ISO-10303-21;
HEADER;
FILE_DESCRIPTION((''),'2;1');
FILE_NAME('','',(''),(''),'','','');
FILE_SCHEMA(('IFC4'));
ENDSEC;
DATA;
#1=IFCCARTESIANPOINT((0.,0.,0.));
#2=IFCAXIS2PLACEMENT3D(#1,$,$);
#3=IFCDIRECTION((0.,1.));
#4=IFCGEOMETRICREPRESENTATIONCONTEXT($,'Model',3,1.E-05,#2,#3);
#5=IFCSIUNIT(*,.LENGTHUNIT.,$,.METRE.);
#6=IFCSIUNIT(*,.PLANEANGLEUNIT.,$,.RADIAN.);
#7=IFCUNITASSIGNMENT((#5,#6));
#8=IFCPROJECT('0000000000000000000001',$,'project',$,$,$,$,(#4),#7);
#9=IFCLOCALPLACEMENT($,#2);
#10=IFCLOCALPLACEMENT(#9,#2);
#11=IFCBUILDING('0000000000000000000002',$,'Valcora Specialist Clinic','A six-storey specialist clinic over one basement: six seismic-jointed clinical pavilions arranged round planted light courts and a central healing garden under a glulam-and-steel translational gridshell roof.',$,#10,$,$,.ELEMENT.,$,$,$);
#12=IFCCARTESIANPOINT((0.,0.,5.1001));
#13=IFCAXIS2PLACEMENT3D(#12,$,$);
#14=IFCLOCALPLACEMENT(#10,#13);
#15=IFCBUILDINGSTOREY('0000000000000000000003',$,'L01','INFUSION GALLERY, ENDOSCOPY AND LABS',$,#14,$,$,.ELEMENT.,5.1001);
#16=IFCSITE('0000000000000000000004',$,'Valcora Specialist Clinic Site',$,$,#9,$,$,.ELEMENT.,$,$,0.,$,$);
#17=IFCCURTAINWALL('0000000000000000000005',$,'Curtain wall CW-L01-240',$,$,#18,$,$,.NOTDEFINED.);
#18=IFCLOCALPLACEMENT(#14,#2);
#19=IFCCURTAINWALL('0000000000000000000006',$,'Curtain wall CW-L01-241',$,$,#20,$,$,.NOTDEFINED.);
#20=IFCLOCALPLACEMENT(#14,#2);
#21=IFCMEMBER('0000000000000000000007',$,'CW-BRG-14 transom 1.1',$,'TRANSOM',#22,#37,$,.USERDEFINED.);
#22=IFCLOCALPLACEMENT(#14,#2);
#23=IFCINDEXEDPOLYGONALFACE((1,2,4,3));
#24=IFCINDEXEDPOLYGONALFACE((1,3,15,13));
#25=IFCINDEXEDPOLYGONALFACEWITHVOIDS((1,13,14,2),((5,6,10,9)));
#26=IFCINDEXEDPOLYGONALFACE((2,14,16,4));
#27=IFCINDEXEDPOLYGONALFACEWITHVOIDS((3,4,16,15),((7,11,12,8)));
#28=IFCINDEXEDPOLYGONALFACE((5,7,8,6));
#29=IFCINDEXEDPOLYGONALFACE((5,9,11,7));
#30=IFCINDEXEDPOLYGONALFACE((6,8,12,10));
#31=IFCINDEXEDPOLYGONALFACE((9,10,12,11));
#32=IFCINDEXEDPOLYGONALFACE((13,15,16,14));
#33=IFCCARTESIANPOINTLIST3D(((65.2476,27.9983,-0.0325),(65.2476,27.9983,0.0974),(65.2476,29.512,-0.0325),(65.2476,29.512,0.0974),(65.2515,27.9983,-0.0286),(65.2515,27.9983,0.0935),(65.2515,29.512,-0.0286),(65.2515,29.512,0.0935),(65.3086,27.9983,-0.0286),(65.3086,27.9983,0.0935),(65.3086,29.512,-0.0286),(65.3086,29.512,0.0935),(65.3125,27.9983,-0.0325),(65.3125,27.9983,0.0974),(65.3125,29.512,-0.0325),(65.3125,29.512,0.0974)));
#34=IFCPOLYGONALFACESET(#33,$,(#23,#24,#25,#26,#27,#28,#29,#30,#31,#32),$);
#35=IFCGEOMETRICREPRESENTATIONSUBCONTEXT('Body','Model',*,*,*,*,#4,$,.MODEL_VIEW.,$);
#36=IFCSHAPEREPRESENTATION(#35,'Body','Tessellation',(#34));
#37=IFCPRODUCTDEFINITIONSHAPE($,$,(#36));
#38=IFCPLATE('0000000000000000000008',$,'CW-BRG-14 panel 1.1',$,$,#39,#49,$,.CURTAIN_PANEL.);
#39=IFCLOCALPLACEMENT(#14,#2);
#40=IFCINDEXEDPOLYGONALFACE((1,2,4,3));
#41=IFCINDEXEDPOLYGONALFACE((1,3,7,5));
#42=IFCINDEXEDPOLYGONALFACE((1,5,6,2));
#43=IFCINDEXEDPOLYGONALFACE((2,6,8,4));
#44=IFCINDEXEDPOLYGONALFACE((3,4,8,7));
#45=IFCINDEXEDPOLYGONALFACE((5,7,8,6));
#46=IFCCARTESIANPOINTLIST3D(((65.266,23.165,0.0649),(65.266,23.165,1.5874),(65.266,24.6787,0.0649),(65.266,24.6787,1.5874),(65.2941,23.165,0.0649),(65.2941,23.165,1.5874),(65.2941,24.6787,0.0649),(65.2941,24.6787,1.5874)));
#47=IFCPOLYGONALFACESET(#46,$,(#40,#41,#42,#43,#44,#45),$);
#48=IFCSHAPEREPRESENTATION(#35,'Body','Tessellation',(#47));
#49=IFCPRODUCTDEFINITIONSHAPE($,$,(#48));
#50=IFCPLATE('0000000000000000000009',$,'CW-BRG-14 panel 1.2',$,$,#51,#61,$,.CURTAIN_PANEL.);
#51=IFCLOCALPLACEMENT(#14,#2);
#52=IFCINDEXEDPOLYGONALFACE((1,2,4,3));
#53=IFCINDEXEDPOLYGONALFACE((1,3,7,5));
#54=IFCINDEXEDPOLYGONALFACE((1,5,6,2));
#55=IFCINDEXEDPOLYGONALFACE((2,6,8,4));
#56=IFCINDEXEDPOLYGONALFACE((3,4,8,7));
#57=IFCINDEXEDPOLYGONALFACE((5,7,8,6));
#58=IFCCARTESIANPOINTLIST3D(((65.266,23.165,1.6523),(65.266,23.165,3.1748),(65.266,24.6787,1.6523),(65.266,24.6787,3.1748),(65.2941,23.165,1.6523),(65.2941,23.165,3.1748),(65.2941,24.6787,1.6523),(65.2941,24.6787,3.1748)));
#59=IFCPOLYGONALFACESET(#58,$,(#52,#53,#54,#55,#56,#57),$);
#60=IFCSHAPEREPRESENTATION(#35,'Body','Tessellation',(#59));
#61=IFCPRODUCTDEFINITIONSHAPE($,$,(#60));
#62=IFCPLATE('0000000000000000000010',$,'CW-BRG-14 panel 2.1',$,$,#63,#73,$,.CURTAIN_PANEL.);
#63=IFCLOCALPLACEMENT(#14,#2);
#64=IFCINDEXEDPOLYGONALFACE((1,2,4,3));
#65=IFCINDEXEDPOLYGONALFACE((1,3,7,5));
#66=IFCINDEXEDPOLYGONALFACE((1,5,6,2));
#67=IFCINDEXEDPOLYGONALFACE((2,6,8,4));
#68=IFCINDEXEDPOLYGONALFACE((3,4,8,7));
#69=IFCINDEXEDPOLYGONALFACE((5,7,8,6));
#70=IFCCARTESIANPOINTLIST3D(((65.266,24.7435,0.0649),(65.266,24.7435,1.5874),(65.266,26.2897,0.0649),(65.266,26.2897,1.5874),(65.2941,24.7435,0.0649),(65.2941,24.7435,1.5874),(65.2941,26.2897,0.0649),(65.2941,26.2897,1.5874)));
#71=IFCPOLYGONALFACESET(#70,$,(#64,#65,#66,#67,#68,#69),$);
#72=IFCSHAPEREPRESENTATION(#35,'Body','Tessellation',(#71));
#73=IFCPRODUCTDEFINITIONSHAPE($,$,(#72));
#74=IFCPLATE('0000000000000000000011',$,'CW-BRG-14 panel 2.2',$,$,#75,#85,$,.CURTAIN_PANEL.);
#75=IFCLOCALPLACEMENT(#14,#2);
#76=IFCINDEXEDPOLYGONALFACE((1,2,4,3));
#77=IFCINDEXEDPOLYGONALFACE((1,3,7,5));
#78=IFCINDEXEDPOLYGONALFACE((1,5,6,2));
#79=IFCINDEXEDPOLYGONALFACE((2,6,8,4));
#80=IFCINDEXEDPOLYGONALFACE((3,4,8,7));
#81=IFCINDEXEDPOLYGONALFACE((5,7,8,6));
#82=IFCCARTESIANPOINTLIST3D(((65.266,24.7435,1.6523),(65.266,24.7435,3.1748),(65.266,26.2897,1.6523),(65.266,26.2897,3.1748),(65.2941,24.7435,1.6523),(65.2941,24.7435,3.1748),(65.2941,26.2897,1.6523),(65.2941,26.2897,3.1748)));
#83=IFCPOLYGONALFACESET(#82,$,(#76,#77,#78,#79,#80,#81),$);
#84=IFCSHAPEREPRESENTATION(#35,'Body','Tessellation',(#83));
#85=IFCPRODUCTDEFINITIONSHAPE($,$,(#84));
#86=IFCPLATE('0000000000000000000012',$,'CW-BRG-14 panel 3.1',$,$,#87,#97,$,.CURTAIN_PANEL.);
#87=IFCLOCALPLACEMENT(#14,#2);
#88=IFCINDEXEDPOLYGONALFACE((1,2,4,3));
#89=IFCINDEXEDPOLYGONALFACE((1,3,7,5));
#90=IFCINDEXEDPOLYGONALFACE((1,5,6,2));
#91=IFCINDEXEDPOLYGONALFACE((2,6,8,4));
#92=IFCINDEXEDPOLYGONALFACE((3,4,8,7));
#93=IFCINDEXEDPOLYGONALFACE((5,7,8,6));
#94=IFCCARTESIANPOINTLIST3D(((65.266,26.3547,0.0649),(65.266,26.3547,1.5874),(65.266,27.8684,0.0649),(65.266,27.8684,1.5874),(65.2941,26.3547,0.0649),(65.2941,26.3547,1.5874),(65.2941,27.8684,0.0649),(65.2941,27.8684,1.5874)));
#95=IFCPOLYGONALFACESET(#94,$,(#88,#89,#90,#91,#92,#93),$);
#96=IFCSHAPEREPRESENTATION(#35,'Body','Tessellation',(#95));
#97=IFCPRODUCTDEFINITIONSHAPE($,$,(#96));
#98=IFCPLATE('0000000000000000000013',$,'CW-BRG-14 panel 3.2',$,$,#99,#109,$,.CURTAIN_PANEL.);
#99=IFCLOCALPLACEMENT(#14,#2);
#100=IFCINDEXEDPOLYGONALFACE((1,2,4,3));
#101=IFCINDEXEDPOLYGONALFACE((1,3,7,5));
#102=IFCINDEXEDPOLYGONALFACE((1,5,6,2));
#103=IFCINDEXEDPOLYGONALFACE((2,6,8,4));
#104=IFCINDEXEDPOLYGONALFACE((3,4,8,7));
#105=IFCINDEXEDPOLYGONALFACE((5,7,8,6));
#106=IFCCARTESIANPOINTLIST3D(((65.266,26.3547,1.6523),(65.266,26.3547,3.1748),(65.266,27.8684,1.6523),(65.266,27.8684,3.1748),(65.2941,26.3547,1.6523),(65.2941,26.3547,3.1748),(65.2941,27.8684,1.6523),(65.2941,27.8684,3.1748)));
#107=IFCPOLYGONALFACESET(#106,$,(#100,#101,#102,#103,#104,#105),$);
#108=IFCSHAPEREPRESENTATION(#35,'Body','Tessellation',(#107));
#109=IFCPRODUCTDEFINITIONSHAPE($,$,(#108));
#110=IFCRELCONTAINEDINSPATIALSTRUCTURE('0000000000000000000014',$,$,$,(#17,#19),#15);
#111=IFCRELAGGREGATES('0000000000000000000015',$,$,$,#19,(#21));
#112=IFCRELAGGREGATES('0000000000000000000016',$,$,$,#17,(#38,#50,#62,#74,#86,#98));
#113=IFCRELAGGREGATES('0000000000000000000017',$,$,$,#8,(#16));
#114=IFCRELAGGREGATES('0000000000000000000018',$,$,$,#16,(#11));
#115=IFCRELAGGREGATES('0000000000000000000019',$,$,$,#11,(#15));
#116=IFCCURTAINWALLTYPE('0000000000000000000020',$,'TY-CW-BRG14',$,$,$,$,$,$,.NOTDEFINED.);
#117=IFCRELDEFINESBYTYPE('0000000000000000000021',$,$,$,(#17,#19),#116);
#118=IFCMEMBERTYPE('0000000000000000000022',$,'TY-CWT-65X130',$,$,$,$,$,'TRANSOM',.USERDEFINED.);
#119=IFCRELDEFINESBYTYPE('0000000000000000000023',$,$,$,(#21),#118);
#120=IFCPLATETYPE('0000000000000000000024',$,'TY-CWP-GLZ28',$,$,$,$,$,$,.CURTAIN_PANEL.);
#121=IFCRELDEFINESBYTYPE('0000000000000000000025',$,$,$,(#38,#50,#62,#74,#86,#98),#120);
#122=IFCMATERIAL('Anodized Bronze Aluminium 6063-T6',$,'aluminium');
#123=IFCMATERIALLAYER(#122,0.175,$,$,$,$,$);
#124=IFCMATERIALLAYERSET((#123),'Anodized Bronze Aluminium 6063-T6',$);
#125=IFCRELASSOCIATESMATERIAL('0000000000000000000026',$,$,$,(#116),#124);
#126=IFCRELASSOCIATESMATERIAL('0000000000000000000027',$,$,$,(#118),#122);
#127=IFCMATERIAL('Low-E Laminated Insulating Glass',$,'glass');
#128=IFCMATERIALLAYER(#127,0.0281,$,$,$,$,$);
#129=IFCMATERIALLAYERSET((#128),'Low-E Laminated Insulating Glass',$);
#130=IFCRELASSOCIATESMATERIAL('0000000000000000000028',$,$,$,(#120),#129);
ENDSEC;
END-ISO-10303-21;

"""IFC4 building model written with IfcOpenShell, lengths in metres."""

from ifc_helpers import new_model, si_unit, direction, frame, origin, origin_2d, place, context, subcontext, project, spatial, rectangle, hollow_rectangle, extrude, material, layer, layer_set, material_profile, profile_set, type_object, element, aggregate, save


model = new_model("IFC4")

# Units and contexts
model_context = context("Model", 3, precision=1e-05, world=origin(), true_north=direction((0.0, 1.0)))
body_context = subcontext(model_context, "Body", "Model", "MODEL_VIEW")
ifc_project = project(units=[si_unit("LENGTHUNIT", "METRE"), si_unit("PLANEANGLEUNIT", "RADIAN")], contexts=[model_context])

# Site, building, storey
site_placement = place(None, origin())
site = spatial("IfcSite", under=ifc_project, at=site_placement, Name="Valcora Specialist Clinic Site", CompositionType="ELEMENT", RefElevation=0.0)
building_placement = place(site_placement, origin())
building = spatial("IfcBuilding", under=site, at=building_placement, Name="Valcora Specialist Clinic", Description="A six-storey specialist clinic over one basement: six seismic-jointed clinical pavilions arranged round planted light courts and a central healing garden under a glulam-and-steel translational gridshell roof.", CompositionType="ELEMENT")
storey_placement = place(building_placement, frame((0.0, 0.0, 5.1001)))
storey = spatial("IfcBuildingStorey", under=building, at=storey_placement, Name="L01", Description="INFUSION GALLERY, ENDOSCOPY AND LABS", CompositionType="ELEMENT", Elevation=5.1001)

# Curtain wall
ifc_material_1 = material(Name="Anodized Bronze Aluminium 6063-T6", Category="aluminium")
ifc_layer_1 = layer(ifc_material_1, 0.175)
ifc_layer_set_1 = layer_set([ifc_layer_1], Name="Anodized Bronze Aluminium 6063-T6")
curtain_wall_type = type_object("IfcCurtainWallType", Name="TY-CW-BRG14", PredefinedType="NOTDEFINED", material=ifc_layer_set_1)
curtain_wall_1_placement = place(storey_placement, origin())
curtain_wall_1 = element("IfcCurtainWall", 1, at=curtain_wall_1_placement, inside=storey, type_object=curtain_wall_type, Name="Curtain wall CW-L01-240", PredefinedType="NOTDEFINED")

# Curtain wall
curtain_wall_2_placement = place(storey_placement, origin())
curtain_wall_2 = element("IfcCurtainWall", 2, at=curtain_wall_2_placement, inside=storey, type_object=curtain_wall_type, Name="Curtain wall CW-L01-241", PredefinedType="NOTDEFINED")

# Member
ifc_material_profile_1 = material_profile(ifc_material_1, hollow_rectangle(XDim=0.0649, YDim=0.1299, WallThickness=0.0039, at=origin_2d()), Name="AL-TRN-65X130")
ifc_profile_set_1 = profile_set([ifc_material_profile_1], Name="Anodized Bronze Aluminium 6063-T6")
member_type_1 = type_object("IfcMemberType", Name="TY-CWT-65X130", ElementType="TRANSOM", PredefinedType="USERDEFINED", material=ifc_profile_set_1)
member_1_placement = place(storey_placement, frame((65.28, 27.9983, 0.0325), z_axis=(0.0, 1.0, 0.0), x_axis=(-1.0, 0.0, 0.0)))
member_1 = element("IfcMember", 3, at=member_1_placement, type_object=member_type_1, Name="CW-BRG-14 transom 1.1", ObjectType="TRANSOM", PredefinedType="USERDEFINED", context=body_context, shape_type="SweptSolid", body=[
    extrude(hollow_rectangle(XDim=0.0649, YDim=0.1299, WallThickness=0.0039, at=origin_2d()), origin(), (0.0, 0.0, 1.0), 1.5137),
])
aggregate(curtain_wall_2, [member_1])

# Plates
ifc_material_2 = material(Name="Low-E Laminated Insulating Glass", Category="glass")
ifc_layer_2 = layer(ifc_material_2, 0.0281)
ifc_layer_set_2 = layer_set([ifc_layer_2], Name="Low-E Laminated Insulating Glass")
plate_type = type_object("IfcPlateType", Name="TY-CWP-GLZ28", PredefinedType="CURTAIN_PANEL", material=ifc_layer_set_2)
plate_1_placement = place(storey_placement, frame((65.28, 23.9219, 0.0649), z_axis=(0.0, 0.0, 1.0), x_axis=(0.0, 1.0, 0.0)))
plate_1 = element("IfcPlate", 4, at=plate_1_placement, type_object=plate_type, Name="CW-BRG-14 panel 1.1", PredefinedType="CURTAIN_PANEL", context=body_context, shape_type="SweptSolid", body=[
    extrude(rectangle(XDim=1.5137, YDim=0.0281, at=origin_2d()), origin(), (0.0, 0.0, 1.0), 1.5225),
])
plate_2_placement = place(storey_placement, frame((65.28, 23.9219, 1.6523), z_axis=(0.0, 0.0, 1.0), x_axis=(0.0, 1.0, 0.0)))
plate_2 = element("IfcPlate", 5, at=plate_2_placement, type_object=plate_type, Name="CW-BRG-14 panel 1.2", PredefinedType="CURTAIN_PANEL", context=body_context, shape_type="SweptSolid", body=[
    extrude(rectangle(XDim=1.5137, YDim=0.0281, at=origin_2d()), origin(), (0.0, 0.0, 1.0), 1.5225),
])
plate_3_placement = place(storey_placement, frame((65.28, 25.5166, 0.0649), z_axis=(0.0, 0.0, 1.0), x_axis=(0.0, 1.0, 0.0)))
plate_3 = element("IfcPlate", 6, at=plate_3_placement, type_object=plate_type, Name="CW-BRG-14 panel 2.1", PredefinedType="CURTAIN_PANEL", context=body_context, shape_type="SweptSolid", body=[
    extrude(rectangle(XDim=1.5461, YDim=0.0281, at=origin_2d()), origin(), (0.0, 0.0, 1.0), 1.5225),
])
plate_4_placement = place(storey_placement, frame((65.28, 25.5166, 1.6523), z_axis=(0.0, 0.0, 1.0), x_axis=(0.0, 1.0, 0.0)))
plate_4 = element("IfcPlate", 7, at=plate_4_placement, type_object=plate_type, Name="CW-BRG-14 panel 2.2", PredefinedType="CURTAIN_PANEL", context=body_context, shape_type="SweptSolid", body=[
    extrude(rectangle(XDim=1.5461, YDim=0.0281, at=origin_2d()), origin(), (0.0, 0.0, 1.0), 1.5225),
])
plate_5_placement = place(storey_placement, frame((65.28, 27.1116, 0.0649), z_axis=(0.0, 0.0, 1.0), x_axis=(0.0, 1.0, 0.0)))
plate_5 = element("IfcPlate", 8, at=plate_5_placement, type_object=plate_type, Name="CW-BRG-14 panel 3.1", PredefinedType="CURTAIN_PANEL", context=body_context, shape_type="SweptSolid", body=[
    extrude(rectangle(XDim=1.5137, YDim=0.0281, at=origin_2d()), origin(), (0.0, 0.0, 1.0), 1.5225),
])
plate_6_placement = place(storey_placement, frame((65.28, 27.1116, 1.6523), z_axis=(0.0, 0.0, 1.0), x_axis=(0.0, 1.0, 0.0)))
plate_6 = element("IfcPlate", 9, at=plate_6_placement, type_object=plate_type, Name="CW-BRG-14 panel 3.2", PredefinedType="CURTAIN_PANEL", context=body_context, shape_type="SweptSolid", body=[
    extrude(rectangle(XDim=1.5137, YDim=0.0281, at=origin_2d()), origin(), (0.0, 0.0, 1.0), 1.5225),
])
aggregate(curtain_wall_1, [plate_1, plate_2, plate_3, plate_4, plate_5, plate_6])

save(model, "model.ifc")
